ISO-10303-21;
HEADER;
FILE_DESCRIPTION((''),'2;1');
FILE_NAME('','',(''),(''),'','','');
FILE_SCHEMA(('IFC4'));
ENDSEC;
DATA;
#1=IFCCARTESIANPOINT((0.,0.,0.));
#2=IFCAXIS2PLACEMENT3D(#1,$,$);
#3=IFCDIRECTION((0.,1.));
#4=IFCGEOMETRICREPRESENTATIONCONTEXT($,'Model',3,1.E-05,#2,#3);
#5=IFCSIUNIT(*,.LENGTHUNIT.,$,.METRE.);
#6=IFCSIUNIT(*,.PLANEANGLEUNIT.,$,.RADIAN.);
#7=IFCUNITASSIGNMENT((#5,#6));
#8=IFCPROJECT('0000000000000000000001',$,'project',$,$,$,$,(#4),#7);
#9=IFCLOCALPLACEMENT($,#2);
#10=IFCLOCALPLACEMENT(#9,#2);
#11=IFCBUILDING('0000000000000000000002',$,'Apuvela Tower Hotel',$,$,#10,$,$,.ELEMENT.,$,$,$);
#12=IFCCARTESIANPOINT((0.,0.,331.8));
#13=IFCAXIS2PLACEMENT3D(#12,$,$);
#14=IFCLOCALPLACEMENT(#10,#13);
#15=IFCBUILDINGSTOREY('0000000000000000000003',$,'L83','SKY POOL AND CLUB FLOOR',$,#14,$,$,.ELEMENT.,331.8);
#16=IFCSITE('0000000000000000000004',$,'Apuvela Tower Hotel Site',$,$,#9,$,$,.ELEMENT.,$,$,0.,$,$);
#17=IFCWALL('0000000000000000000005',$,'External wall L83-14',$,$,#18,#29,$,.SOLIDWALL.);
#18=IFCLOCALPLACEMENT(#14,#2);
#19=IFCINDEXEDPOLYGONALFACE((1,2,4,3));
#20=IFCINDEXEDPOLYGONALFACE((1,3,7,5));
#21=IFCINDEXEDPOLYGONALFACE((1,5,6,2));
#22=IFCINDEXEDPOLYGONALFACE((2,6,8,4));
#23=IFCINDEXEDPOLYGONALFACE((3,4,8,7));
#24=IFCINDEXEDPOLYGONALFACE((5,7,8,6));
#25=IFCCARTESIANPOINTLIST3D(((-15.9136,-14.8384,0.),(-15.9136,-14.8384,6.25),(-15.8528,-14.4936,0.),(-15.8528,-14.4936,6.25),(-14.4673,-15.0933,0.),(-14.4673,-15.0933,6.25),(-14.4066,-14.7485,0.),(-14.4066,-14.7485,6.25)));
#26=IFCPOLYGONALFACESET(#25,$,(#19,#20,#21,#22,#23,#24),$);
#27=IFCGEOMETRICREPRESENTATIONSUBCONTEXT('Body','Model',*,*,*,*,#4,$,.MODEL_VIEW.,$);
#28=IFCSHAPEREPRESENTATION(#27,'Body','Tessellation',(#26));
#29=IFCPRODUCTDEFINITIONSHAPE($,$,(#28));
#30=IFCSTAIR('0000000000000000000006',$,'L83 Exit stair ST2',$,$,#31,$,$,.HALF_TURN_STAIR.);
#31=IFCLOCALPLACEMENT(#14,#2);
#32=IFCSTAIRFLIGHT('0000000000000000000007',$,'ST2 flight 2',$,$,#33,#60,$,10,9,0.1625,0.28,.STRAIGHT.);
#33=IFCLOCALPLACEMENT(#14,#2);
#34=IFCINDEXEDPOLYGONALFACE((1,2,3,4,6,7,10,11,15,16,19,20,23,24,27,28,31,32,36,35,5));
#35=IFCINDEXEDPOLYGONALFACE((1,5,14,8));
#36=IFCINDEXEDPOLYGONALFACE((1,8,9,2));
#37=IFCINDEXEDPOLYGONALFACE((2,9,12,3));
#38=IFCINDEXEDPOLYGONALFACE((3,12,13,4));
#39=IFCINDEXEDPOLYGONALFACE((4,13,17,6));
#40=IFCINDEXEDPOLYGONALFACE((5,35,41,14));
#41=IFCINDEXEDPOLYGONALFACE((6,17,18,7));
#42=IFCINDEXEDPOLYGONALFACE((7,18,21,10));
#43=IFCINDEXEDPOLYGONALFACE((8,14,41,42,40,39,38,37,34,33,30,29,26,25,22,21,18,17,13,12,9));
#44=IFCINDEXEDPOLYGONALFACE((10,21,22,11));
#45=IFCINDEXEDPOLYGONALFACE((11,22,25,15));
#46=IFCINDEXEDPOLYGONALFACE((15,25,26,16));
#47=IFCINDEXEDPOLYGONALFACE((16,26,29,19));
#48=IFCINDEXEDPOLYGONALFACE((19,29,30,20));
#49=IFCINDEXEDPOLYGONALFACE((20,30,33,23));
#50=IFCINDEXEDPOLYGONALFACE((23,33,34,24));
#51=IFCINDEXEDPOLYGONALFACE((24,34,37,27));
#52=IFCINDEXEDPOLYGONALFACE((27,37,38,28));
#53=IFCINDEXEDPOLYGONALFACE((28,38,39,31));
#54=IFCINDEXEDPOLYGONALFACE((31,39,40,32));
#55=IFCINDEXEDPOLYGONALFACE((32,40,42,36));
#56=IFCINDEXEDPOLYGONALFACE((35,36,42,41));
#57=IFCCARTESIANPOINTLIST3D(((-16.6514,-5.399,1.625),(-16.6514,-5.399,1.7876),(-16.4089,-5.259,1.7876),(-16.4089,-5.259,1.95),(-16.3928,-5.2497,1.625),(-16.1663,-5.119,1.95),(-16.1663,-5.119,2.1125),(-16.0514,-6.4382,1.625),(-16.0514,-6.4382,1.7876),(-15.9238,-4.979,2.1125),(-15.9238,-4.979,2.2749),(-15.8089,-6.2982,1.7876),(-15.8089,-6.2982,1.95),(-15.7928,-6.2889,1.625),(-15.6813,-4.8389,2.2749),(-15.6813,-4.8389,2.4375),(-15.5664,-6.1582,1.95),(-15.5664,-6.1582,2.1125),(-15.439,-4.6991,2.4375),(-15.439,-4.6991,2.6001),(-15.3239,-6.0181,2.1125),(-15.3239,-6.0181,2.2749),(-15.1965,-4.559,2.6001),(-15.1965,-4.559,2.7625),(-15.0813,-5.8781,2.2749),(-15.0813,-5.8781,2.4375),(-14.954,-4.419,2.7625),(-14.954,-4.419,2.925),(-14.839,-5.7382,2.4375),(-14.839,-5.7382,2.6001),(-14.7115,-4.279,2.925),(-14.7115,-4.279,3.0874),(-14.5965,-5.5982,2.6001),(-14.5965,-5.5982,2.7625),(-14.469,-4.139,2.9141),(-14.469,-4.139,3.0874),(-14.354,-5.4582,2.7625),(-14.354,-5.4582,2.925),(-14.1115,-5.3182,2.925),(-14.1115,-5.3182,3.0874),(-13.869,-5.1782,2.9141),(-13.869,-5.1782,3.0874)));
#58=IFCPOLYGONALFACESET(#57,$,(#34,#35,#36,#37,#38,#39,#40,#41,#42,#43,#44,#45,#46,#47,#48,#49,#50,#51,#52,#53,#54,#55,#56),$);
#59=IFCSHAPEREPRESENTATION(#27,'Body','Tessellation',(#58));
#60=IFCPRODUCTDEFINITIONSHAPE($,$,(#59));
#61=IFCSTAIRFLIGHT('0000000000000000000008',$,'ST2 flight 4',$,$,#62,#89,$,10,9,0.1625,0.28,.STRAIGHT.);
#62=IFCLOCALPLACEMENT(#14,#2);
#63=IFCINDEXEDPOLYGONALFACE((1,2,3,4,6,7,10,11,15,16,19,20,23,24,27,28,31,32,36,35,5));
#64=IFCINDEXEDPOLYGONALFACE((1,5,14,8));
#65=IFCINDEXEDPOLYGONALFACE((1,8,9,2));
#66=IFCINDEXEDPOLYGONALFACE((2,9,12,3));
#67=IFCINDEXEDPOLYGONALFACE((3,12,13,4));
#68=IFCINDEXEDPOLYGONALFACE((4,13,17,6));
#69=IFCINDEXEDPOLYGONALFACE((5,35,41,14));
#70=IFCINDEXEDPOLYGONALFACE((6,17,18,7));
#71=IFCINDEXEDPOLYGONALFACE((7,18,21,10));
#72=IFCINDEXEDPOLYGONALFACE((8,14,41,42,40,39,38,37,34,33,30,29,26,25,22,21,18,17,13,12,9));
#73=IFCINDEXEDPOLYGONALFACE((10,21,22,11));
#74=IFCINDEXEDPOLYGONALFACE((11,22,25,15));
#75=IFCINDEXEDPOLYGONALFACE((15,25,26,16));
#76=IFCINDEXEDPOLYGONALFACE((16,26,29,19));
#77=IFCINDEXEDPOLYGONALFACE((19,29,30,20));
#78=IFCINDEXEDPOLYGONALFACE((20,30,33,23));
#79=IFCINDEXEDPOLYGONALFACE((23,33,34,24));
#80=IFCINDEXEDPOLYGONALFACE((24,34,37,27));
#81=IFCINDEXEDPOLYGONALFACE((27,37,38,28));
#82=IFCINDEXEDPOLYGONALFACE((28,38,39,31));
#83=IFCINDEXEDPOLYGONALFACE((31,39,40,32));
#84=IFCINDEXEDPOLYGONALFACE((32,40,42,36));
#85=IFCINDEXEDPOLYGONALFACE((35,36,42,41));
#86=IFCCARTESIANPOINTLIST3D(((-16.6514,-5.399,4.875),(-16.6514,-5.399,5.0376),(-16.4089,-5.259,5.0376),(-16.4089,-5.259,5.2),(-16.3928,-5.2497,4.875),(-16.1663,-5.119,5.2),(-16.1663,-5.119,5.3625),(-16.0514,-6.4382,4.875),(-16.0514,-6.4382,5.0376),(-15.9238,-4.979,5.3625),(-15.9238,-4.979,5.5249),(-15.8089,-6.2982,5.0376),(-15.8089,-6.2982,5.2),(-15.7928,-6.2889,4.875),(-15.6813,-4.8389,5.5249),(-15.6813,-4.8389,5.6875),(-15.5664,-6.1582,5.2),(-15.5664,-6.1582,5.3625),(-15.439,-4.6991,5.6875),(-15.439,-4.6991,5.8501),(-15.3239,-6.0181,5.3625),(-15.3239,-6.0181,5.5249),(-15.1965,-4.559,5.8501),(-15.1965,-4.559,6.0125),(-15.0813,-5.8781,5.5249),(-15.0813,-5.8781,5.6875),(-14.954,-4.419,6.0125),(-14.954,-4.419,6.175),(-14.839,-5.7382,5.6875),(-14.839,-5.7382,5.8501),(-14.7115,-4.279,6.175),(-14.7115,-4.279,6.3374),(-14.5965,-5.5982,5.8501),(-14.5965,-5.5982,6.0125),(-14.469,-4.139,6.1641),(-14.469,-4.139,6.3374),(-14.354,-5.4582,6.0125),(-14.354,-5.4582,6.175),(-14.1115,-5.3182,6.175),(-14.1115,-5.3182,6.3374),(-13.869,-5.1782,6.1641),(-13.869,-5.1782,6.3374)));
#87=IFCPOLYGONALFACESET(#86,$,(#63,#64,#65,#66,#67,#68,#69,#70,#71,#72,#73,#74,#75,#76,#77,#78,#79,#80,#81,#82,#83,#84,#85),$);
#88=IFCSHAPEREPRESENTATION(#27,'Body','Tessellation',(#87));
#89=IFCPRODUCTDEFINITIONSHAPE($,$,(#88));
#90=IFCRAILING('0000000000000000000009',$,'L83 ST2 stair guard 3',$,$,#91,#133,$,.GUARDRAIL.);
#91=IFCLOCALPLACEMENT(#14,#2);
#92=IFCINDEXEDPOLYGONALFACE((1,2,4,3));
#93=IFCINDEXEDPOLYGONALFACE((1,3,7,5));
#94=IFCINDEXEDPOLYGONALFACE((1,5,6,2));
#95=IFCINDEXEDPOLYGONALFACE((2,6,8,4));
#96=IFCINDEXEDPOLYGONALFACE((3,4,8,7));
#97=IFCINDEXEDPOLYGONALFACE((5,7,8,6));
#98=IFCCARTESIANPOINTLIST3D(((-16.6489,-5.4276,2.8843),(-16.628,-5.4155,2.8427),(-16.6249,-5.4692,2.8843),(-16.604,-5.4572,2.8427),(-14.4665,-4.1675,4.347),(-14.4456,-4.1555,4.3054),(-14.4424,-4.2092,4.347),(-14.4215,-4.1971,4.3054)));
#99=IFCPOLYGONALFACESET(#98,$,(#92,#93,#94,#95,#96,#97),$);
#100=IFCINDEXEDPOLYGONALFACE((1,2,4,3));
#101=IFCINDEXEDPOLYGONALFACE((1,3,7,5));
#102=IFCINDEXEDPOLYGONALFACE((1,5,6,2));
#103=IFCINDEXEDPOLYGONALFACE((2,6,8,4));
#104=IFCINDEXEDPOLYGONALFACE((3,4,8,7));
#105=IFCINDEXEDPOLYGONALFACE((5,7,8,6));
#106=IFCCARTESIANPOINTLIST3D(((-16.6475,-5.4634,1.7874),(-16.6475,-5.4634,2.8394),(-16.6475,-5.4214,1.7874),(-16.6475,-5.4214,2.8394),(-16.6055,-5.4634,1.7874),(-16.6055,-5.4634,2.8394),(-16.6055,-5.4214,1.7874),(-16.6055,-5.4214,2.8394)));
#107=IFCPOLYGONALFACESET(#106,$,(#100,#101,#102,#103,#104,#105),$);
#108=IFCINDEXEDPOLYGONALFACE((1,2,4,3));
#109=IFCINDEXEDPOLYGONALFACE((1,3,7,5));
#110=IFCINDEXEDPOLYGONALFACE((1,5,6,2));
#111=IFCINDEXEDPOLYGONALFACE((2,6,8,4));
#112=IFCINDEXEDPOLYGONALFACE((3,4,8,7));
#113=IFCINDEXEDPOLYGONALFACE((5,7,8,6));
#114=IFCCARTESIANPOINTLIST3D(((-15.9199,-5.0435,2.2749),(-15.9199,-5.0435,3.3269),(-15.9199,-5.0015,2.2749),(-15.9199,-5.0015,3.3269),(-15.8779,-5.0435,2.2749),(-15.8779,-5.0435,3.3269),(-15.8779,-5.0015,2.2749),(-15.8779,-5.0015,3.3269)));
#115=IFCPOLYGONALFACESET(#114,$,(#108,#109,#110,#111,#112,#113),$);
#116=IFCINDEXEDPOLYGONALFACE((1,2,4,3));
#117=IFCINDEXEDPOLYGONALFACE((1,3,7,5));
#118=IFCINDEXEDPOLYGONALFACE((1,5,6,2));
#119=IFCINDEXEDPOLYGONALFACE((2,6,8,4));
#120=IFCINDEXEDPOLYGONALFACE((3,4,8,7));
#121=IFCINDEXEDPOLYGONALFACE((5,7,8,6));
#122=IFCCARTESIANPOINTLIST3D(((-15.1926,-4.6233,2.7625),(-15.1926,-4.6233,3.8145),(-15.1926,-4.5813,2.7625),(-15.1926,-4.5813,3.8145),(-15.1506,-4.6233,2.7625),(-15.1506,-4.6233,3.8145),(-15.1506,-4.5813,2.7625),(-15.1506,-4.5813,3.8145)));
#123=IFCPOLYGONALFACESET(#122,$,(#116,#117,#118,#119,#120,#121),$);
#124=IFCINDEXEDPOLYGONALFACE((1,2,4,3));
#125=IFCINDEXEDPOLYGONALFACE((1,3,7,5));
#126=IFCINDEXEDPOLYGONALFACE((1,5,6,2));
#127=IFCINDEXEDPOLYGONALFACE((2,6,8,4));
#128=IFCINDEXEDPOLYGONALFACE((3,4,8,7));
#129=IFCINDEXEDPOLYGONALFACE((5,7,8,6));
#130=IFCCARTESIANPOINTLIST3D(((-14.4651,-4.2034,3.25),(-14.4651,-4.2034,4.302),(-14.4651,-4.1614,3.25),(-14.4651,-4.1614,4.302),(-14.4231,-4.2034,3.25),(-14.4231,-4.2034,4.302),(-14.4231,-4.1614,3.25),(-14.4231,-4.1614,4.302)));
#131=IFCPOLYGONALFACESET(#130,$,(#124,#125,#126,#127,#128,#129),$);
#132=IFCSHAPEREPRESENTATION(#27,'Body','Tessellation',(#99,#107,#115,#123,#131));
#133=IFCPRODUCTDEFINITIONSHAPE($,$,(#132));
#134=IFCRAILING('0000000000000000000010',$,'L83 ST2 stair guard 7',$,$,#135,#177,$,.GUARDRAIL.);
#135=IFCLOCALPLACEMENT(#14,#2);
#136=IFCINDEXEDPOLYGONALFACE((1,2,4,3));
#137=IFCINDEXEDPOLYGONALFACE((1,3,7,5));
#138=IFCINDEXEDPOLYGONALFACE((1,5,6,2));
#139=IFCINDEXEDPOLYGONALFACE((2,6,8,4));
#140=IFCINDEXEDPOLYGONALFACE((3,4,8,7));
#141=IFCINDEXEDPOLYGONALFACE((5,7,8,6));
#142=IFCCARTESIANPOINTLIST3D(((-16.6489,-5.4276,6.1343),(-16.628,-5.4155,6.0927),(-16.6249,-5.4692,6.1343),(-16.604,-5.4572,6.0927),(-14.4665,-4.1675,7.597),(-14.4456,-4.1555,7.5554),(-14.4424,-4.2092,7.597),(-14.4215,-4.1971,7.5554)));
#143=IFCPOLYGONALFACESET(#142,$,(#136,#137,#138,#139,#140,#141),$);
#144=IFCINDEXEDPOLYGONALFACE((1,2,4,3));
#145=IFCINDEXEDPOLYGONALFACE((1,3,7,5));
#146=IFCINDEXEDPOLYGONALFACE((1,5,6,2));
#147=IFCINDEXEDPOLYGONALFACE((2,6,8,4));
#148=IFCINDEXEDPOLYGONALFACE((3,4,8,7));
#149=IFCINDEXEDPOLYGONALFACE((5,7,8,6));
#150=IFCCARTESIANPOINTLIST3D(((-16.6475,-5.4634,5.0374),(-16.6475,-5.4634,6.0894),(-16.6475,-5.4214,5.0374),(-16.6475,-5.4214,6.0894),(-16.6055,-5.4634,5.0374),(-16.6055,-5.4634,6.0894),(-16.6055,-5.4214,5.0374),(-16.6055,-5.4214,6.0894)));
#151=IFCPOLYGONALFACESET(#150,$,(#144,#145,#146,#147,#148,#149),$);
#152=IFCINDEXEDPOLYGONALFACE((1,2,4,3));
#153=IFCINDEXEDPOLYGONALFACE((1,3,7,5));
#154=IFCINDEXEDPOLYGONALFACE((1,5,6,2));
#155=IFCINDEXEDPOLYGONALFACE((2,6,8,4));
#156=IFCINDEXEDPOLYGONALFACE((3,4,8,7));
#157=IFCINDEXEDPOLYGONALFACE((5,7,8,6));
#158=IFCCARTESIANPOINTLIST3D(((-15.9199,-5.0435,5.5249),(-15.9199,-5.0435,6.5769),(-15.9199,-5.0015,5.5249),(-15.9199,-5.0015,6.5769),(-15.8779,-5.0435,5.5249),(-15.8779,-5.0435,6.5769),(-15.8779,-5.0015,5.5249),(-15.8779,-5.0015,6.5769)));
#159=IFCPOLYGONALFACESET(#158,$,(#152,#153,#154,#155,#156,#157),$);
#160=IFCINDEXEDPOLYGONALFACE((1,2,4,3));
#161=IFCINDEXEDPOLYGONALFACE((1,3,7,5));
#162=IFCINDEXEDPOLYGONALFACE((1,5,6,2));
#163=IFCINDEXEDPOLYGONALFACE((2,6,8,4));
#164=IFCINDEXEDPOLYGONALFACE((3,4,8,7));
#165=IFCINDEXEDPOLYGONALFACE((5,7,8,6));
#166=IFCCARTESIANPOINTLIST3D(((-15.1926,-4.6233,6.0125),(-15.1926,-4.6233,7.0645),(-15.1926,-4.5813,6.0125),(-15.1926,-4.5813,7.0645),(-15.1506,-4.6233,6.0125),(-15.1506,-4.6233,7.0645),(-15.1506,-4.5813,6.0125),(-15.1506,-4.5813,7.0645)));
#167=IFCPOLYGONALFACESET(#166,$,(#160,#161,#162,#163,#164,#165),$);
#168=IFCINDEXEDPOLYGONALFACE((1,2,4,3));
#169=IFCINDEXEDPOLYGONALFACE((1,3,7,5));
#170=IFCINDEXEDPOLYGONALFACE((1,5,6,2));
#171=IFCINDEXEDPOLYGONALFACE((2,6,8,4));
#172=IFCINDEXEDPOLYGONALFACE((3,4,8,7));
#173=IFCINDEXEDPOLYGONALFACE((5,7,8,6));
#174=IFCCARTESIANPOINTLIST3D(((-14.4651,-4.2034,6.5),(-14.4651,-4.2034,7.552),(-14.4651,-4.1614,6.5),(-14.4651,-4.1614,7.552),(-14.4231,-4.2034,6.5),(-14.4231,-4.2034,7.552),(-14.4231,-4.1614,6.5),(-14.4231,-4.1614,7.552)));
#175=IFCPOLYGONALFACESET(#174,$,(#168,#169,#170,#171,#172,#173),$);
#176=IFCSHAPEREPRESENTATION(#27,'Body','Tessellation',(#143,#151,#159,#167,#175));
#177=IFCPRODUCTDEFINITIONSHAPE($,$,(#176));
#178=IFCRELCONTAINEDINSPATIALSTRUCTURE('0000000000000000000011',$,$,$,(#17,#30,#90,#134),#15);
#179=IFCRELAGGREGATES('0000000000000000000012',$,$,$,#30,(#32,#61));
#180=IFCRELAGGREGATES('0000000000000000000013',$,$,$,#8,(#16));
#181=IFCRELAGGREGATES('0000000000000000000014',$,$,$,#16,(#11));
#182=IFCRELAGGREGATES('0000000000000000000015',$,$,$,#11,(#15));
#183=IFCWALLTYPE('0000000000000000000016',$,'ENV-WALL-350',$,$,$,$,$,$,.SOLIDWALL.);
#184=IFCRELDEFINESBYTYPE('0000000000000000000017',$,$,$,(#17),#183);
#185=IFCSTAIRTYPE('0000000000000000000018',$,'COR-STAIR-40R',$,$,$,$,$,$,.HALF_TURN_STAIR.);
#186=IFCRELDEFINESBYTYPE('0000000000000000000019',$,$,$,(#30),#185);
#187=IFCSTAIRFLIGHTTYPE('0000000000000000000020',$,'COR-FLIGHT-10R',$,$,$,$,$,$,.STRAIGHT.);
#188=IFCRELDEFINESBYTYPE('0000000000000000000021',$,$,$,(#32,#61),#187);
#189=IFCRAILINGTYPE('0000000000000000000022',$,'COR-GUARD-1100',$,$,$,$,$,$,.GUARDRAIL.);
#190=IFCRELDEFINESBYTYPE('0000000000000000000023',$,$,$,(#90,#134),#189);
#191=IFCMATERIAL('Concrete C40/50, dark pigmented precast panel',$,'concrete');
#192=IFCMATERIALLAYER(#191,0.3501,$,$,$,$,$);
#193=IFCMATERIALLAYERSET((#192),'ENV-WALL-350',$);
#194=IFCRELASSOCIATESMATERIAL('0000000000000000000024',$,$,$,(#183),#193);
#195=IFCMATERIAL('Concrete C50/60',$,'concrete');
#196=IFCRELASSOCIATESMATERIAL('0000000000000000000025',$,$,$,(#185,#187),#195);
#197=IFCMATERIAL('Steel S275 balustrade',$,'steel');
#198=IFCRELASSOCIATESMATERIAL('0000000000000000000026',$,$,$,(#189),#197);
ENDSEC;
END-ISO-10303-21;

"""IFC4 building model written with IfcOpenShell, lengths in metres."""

from ifc_helpers import new_model, si_unit, direction, frame, frame_2d, origin, origin_2d, place, context, subcontext, project, spatial, polyline, rectangle, outline, extrude, material, layer, layer_set, type_object, element, aggregate, save


model = new_model("IFC4")

# Units and contexts
model_context = context("Model", 3, precision=1e-05, world=origin(), true_north=direction((0.0, 1.0)))
body_context = subcontext(model_context, "Body", "Model", "MODEL_VIEW")
ifc_project = project(units=[si_unit("LENGTHUNIT", "METRE"), si_unit("PLANEANGLEUNIT", "RADIAN")], contexts=[model_context])

# Site, building, storey
site_placement = place(None, origin())
site = spatial("IfcSite", under=ifc_project, at=site_placement, Name="Apuvela Tower Hotel Site", CompositionType="ELEMENT", RefElevation=0.0)
building_placement = place(site_placement, origin())
building = spatial("IfcBuilding", under=site, at=building_placement, Name="Apuvela Tower Hotel", CompositionType="ELEMENT")
storey_placement = place(building_placement, frame((0.0, 0.0, 331.8)))
storey = spatial("IfcBuildingStorey", under=building, at=storey_placement, Name="L83", Description="SKY POOL AND CLUB FLOOR", CompositionType="ELEMENT", Elevation=331.8)

# Shared definitions
ifc_material_1 = material(Name="Concrete C50/60", Category="concrete")

# Wall
ifc_material_2 = material(Name="Concrete C40/50, dark pigmented precast panel", Category="concrete")
ifc_layer_1 = layer(ifc_material_2, 0.3501)
ifc_layer_set_1 = layer_set([ifc_layer_1], Name="ENV-WALL-350")
wall_type_1 = type_object("IfcWallType", Name="ENV-WALL-350", PredefinedType="SOLIDWALL", material=ifc_layer_set_1)
wall_1_placement = place(storey_placement, frame((-15.8833, -14.666, 0.0), z_axis=(0.0, 0.0, 1.0), x_axis=(0.984824, -0.173558, 0.0)))
element("IfcWall", 1, at=wall_1_placement, inside=storey, type_object=wall_type_1, Name="External wall L83-14", PredefinedType="SOLIDWALL", context=body_context, shape_type="SweptSolid", body=[
    extrude(rectangle(XDim=1.4685, YDim=0.3501, at=frame_2d((0.7344, 0.0))), origin(), (0.0, 0.0, 1.0), 6.25),
])

# Stair, stair flights
stair_type = type_object("IfcStairType", Name="COR-STAIR-40R", PredefinedType="HALF_TURN_STAIR", material=ifc_material_1)
stair_placement = place(storey_placement, origin())
stair = element("IfcStair", 2, at=stair_placement, inside=storey, type_object=stair_type, Name="L83 Exit stair ST2", PredefinedType="HALF_TURN_STAIR")
stair_flight_type = type_object("IfcStairFlightType", Name="COR-FLIGHT-10R", PredefinedType="STRAIGHT", material=ifc_material_1)
stair_flight_1_placement = place(storey_placement, frame((-16.3513, -5.9187, 1.625), z_axis=(0.0, 0.0, 1.0), x_axis=(0.866025, 0.5, 0.0)))
stair_flight_1 = element("IfcStairFlight", 3, at=stair_flight_1_placement, type_object=stair_flight_type, Name="ST2 flight 2", NumberOfRisers=10, NumberOfTreads=9, PredefinedType="STRAIGHT", RiserHeight=0.1625, TreadLength=0.28, context=body_context, shape_type="SweptSolid", body=[
    extrude(outline(polyline([(0.0, 0.0), (0.0, 0.1626), (0.28, 0.1626), (0.28, 0.325), (0.5601, 0.325), (0.5601, 0.4875), (0.8401, 0.4875), (0.8401, 0.6499), (1.1201, 0.6499), (1.1201, 0.8125), (1.3999, 0.8125), (1.3999, 0.9751), (1.6799, 0.9751), (1.6799, 1.1375), (1.96, 1.1375), (1.96, 1.3), (2.24, 1.3), (2.24, 1.4624), (2.52, 1.4624), (2.52, 1.625), (2.52, 1.2891), (0.2986, 0.0), (0.0, 0.0)])), frame((0.0, 0.6001, 0.0), z_axis=(0.0, -1.0, 0.0), x_axis=(1.0, 0.0, 0.0)), (0.0, 0.0, 1.0), 1.2),
])
stair_flight_2_placement = place(storey_placement, frame((-16.3513, -5.9187, 4.875), z_axis=(0.0, 0.0, 1.0), x_axis=(0.866025, 0.5, 0.0)))
stair_flight_2 = element("IfcStairFlight", 4, at=stair_flight_2_placement, type_object=stair_flight_type, Name="ST2 flight 4", NumberOfRisers=10, NumberOfTreads=9, PredefinedType="STRAIGHT", RiserHeight=0.1625, TreadLength=0.28, context=body_context, shape_type="SweptSolid", body=[
    extrude(outline(polyline([(0.0, 0.0), (0.0, 0.1626), (0.28, 0.1626), (0.28, 0.325), (0.5601, 0.325), (0.5601, 0.4875), (0.8401, 0.4875), (0.8401, 0.6499), (1.1201, 0.6499), (1.1201, 0.8125), (1.3999, 0.8125), (1.3999, 0.9751), (1.6799, 0.9751), (1.6799, 1.1375), (1.96, 1.1375), (1.96, 1.3), (2.24, 1.3), (2.24, 1.4624), (2.52, 1.4624), (2.52, 1.625), (2.52, 1.2891), (0.2986, 0.0), (0.0, 0.0)])), frame((0.0, 0.6001, 0.0), z_axis=(0.0, -1.0, 0.0), x_axis=(1.0, 0.0, 0.0)), (0.0, 0.0, 1.0), 1.2),
])
aggregate(stair, [stair_flight_1, stair_flight_2])

# Railings
ifc_material_3 = material(Name="Steel S275 balustrade", Category="steel")
railing_type_1 = type_object("IfcRailingType", Name="COR-GUARD-1100", PredefinedType="GUARDRAIL", material=ifc_material_3)
for number, where, name in (
    (5, (-16.6265, -5.4424, 1.7874), "L83 ST2 stair guard 3"),
    (6, (-16.6265, -5.4424, 5.0374), "L83 ST2 stair guard 7"),
):
    element("IfcRailing", number, at=place(storey_placement, frame(where)), inside=storey, type_object=railing_type_1, Name=name, PredefinedType="GUARDRAIL", context=body_context, shape_type="SweptSolid", body=[
        extrude(rectangle(XDim=0.0481, YDim=0.0481, at=origin_2d()), frame((0.0, 0.0, 1.0762), z_axis=(0.749001, 0.432442, 0.501988), x_axis=(-0.500005, 0.866023, 0.0)), (0.0, 0.0, 1.0), 2.9138),
        extrude(rectangle(XDim=0.042, YDim=0.042, at=origin_2d()), origin(), (0.0, 0.0, 1.0), 1.052),
        extrude(rectangle(XDim=0.042, YDim=0.042, at=origin_2d()), frame((0.7275, 0.4199, 0.4875)), (0.0, 0.0, 1.0), 1.052),
        extrude(rectangle(XDim=0.042, YDim=0.042, at=origin_2d()), frame((1.4548, 0.8401, 0.9751)), (0.0, 0.0, 1.0), 1.052),
        extrude(rectangle(XDim=0.042, YDim=0.042, at=origin_2d()), frame((2.1824, 1.26, 1.4626)), (0.0, 0.0, 1.0), 1.052),
    ])

save(model, "model.ifc")
